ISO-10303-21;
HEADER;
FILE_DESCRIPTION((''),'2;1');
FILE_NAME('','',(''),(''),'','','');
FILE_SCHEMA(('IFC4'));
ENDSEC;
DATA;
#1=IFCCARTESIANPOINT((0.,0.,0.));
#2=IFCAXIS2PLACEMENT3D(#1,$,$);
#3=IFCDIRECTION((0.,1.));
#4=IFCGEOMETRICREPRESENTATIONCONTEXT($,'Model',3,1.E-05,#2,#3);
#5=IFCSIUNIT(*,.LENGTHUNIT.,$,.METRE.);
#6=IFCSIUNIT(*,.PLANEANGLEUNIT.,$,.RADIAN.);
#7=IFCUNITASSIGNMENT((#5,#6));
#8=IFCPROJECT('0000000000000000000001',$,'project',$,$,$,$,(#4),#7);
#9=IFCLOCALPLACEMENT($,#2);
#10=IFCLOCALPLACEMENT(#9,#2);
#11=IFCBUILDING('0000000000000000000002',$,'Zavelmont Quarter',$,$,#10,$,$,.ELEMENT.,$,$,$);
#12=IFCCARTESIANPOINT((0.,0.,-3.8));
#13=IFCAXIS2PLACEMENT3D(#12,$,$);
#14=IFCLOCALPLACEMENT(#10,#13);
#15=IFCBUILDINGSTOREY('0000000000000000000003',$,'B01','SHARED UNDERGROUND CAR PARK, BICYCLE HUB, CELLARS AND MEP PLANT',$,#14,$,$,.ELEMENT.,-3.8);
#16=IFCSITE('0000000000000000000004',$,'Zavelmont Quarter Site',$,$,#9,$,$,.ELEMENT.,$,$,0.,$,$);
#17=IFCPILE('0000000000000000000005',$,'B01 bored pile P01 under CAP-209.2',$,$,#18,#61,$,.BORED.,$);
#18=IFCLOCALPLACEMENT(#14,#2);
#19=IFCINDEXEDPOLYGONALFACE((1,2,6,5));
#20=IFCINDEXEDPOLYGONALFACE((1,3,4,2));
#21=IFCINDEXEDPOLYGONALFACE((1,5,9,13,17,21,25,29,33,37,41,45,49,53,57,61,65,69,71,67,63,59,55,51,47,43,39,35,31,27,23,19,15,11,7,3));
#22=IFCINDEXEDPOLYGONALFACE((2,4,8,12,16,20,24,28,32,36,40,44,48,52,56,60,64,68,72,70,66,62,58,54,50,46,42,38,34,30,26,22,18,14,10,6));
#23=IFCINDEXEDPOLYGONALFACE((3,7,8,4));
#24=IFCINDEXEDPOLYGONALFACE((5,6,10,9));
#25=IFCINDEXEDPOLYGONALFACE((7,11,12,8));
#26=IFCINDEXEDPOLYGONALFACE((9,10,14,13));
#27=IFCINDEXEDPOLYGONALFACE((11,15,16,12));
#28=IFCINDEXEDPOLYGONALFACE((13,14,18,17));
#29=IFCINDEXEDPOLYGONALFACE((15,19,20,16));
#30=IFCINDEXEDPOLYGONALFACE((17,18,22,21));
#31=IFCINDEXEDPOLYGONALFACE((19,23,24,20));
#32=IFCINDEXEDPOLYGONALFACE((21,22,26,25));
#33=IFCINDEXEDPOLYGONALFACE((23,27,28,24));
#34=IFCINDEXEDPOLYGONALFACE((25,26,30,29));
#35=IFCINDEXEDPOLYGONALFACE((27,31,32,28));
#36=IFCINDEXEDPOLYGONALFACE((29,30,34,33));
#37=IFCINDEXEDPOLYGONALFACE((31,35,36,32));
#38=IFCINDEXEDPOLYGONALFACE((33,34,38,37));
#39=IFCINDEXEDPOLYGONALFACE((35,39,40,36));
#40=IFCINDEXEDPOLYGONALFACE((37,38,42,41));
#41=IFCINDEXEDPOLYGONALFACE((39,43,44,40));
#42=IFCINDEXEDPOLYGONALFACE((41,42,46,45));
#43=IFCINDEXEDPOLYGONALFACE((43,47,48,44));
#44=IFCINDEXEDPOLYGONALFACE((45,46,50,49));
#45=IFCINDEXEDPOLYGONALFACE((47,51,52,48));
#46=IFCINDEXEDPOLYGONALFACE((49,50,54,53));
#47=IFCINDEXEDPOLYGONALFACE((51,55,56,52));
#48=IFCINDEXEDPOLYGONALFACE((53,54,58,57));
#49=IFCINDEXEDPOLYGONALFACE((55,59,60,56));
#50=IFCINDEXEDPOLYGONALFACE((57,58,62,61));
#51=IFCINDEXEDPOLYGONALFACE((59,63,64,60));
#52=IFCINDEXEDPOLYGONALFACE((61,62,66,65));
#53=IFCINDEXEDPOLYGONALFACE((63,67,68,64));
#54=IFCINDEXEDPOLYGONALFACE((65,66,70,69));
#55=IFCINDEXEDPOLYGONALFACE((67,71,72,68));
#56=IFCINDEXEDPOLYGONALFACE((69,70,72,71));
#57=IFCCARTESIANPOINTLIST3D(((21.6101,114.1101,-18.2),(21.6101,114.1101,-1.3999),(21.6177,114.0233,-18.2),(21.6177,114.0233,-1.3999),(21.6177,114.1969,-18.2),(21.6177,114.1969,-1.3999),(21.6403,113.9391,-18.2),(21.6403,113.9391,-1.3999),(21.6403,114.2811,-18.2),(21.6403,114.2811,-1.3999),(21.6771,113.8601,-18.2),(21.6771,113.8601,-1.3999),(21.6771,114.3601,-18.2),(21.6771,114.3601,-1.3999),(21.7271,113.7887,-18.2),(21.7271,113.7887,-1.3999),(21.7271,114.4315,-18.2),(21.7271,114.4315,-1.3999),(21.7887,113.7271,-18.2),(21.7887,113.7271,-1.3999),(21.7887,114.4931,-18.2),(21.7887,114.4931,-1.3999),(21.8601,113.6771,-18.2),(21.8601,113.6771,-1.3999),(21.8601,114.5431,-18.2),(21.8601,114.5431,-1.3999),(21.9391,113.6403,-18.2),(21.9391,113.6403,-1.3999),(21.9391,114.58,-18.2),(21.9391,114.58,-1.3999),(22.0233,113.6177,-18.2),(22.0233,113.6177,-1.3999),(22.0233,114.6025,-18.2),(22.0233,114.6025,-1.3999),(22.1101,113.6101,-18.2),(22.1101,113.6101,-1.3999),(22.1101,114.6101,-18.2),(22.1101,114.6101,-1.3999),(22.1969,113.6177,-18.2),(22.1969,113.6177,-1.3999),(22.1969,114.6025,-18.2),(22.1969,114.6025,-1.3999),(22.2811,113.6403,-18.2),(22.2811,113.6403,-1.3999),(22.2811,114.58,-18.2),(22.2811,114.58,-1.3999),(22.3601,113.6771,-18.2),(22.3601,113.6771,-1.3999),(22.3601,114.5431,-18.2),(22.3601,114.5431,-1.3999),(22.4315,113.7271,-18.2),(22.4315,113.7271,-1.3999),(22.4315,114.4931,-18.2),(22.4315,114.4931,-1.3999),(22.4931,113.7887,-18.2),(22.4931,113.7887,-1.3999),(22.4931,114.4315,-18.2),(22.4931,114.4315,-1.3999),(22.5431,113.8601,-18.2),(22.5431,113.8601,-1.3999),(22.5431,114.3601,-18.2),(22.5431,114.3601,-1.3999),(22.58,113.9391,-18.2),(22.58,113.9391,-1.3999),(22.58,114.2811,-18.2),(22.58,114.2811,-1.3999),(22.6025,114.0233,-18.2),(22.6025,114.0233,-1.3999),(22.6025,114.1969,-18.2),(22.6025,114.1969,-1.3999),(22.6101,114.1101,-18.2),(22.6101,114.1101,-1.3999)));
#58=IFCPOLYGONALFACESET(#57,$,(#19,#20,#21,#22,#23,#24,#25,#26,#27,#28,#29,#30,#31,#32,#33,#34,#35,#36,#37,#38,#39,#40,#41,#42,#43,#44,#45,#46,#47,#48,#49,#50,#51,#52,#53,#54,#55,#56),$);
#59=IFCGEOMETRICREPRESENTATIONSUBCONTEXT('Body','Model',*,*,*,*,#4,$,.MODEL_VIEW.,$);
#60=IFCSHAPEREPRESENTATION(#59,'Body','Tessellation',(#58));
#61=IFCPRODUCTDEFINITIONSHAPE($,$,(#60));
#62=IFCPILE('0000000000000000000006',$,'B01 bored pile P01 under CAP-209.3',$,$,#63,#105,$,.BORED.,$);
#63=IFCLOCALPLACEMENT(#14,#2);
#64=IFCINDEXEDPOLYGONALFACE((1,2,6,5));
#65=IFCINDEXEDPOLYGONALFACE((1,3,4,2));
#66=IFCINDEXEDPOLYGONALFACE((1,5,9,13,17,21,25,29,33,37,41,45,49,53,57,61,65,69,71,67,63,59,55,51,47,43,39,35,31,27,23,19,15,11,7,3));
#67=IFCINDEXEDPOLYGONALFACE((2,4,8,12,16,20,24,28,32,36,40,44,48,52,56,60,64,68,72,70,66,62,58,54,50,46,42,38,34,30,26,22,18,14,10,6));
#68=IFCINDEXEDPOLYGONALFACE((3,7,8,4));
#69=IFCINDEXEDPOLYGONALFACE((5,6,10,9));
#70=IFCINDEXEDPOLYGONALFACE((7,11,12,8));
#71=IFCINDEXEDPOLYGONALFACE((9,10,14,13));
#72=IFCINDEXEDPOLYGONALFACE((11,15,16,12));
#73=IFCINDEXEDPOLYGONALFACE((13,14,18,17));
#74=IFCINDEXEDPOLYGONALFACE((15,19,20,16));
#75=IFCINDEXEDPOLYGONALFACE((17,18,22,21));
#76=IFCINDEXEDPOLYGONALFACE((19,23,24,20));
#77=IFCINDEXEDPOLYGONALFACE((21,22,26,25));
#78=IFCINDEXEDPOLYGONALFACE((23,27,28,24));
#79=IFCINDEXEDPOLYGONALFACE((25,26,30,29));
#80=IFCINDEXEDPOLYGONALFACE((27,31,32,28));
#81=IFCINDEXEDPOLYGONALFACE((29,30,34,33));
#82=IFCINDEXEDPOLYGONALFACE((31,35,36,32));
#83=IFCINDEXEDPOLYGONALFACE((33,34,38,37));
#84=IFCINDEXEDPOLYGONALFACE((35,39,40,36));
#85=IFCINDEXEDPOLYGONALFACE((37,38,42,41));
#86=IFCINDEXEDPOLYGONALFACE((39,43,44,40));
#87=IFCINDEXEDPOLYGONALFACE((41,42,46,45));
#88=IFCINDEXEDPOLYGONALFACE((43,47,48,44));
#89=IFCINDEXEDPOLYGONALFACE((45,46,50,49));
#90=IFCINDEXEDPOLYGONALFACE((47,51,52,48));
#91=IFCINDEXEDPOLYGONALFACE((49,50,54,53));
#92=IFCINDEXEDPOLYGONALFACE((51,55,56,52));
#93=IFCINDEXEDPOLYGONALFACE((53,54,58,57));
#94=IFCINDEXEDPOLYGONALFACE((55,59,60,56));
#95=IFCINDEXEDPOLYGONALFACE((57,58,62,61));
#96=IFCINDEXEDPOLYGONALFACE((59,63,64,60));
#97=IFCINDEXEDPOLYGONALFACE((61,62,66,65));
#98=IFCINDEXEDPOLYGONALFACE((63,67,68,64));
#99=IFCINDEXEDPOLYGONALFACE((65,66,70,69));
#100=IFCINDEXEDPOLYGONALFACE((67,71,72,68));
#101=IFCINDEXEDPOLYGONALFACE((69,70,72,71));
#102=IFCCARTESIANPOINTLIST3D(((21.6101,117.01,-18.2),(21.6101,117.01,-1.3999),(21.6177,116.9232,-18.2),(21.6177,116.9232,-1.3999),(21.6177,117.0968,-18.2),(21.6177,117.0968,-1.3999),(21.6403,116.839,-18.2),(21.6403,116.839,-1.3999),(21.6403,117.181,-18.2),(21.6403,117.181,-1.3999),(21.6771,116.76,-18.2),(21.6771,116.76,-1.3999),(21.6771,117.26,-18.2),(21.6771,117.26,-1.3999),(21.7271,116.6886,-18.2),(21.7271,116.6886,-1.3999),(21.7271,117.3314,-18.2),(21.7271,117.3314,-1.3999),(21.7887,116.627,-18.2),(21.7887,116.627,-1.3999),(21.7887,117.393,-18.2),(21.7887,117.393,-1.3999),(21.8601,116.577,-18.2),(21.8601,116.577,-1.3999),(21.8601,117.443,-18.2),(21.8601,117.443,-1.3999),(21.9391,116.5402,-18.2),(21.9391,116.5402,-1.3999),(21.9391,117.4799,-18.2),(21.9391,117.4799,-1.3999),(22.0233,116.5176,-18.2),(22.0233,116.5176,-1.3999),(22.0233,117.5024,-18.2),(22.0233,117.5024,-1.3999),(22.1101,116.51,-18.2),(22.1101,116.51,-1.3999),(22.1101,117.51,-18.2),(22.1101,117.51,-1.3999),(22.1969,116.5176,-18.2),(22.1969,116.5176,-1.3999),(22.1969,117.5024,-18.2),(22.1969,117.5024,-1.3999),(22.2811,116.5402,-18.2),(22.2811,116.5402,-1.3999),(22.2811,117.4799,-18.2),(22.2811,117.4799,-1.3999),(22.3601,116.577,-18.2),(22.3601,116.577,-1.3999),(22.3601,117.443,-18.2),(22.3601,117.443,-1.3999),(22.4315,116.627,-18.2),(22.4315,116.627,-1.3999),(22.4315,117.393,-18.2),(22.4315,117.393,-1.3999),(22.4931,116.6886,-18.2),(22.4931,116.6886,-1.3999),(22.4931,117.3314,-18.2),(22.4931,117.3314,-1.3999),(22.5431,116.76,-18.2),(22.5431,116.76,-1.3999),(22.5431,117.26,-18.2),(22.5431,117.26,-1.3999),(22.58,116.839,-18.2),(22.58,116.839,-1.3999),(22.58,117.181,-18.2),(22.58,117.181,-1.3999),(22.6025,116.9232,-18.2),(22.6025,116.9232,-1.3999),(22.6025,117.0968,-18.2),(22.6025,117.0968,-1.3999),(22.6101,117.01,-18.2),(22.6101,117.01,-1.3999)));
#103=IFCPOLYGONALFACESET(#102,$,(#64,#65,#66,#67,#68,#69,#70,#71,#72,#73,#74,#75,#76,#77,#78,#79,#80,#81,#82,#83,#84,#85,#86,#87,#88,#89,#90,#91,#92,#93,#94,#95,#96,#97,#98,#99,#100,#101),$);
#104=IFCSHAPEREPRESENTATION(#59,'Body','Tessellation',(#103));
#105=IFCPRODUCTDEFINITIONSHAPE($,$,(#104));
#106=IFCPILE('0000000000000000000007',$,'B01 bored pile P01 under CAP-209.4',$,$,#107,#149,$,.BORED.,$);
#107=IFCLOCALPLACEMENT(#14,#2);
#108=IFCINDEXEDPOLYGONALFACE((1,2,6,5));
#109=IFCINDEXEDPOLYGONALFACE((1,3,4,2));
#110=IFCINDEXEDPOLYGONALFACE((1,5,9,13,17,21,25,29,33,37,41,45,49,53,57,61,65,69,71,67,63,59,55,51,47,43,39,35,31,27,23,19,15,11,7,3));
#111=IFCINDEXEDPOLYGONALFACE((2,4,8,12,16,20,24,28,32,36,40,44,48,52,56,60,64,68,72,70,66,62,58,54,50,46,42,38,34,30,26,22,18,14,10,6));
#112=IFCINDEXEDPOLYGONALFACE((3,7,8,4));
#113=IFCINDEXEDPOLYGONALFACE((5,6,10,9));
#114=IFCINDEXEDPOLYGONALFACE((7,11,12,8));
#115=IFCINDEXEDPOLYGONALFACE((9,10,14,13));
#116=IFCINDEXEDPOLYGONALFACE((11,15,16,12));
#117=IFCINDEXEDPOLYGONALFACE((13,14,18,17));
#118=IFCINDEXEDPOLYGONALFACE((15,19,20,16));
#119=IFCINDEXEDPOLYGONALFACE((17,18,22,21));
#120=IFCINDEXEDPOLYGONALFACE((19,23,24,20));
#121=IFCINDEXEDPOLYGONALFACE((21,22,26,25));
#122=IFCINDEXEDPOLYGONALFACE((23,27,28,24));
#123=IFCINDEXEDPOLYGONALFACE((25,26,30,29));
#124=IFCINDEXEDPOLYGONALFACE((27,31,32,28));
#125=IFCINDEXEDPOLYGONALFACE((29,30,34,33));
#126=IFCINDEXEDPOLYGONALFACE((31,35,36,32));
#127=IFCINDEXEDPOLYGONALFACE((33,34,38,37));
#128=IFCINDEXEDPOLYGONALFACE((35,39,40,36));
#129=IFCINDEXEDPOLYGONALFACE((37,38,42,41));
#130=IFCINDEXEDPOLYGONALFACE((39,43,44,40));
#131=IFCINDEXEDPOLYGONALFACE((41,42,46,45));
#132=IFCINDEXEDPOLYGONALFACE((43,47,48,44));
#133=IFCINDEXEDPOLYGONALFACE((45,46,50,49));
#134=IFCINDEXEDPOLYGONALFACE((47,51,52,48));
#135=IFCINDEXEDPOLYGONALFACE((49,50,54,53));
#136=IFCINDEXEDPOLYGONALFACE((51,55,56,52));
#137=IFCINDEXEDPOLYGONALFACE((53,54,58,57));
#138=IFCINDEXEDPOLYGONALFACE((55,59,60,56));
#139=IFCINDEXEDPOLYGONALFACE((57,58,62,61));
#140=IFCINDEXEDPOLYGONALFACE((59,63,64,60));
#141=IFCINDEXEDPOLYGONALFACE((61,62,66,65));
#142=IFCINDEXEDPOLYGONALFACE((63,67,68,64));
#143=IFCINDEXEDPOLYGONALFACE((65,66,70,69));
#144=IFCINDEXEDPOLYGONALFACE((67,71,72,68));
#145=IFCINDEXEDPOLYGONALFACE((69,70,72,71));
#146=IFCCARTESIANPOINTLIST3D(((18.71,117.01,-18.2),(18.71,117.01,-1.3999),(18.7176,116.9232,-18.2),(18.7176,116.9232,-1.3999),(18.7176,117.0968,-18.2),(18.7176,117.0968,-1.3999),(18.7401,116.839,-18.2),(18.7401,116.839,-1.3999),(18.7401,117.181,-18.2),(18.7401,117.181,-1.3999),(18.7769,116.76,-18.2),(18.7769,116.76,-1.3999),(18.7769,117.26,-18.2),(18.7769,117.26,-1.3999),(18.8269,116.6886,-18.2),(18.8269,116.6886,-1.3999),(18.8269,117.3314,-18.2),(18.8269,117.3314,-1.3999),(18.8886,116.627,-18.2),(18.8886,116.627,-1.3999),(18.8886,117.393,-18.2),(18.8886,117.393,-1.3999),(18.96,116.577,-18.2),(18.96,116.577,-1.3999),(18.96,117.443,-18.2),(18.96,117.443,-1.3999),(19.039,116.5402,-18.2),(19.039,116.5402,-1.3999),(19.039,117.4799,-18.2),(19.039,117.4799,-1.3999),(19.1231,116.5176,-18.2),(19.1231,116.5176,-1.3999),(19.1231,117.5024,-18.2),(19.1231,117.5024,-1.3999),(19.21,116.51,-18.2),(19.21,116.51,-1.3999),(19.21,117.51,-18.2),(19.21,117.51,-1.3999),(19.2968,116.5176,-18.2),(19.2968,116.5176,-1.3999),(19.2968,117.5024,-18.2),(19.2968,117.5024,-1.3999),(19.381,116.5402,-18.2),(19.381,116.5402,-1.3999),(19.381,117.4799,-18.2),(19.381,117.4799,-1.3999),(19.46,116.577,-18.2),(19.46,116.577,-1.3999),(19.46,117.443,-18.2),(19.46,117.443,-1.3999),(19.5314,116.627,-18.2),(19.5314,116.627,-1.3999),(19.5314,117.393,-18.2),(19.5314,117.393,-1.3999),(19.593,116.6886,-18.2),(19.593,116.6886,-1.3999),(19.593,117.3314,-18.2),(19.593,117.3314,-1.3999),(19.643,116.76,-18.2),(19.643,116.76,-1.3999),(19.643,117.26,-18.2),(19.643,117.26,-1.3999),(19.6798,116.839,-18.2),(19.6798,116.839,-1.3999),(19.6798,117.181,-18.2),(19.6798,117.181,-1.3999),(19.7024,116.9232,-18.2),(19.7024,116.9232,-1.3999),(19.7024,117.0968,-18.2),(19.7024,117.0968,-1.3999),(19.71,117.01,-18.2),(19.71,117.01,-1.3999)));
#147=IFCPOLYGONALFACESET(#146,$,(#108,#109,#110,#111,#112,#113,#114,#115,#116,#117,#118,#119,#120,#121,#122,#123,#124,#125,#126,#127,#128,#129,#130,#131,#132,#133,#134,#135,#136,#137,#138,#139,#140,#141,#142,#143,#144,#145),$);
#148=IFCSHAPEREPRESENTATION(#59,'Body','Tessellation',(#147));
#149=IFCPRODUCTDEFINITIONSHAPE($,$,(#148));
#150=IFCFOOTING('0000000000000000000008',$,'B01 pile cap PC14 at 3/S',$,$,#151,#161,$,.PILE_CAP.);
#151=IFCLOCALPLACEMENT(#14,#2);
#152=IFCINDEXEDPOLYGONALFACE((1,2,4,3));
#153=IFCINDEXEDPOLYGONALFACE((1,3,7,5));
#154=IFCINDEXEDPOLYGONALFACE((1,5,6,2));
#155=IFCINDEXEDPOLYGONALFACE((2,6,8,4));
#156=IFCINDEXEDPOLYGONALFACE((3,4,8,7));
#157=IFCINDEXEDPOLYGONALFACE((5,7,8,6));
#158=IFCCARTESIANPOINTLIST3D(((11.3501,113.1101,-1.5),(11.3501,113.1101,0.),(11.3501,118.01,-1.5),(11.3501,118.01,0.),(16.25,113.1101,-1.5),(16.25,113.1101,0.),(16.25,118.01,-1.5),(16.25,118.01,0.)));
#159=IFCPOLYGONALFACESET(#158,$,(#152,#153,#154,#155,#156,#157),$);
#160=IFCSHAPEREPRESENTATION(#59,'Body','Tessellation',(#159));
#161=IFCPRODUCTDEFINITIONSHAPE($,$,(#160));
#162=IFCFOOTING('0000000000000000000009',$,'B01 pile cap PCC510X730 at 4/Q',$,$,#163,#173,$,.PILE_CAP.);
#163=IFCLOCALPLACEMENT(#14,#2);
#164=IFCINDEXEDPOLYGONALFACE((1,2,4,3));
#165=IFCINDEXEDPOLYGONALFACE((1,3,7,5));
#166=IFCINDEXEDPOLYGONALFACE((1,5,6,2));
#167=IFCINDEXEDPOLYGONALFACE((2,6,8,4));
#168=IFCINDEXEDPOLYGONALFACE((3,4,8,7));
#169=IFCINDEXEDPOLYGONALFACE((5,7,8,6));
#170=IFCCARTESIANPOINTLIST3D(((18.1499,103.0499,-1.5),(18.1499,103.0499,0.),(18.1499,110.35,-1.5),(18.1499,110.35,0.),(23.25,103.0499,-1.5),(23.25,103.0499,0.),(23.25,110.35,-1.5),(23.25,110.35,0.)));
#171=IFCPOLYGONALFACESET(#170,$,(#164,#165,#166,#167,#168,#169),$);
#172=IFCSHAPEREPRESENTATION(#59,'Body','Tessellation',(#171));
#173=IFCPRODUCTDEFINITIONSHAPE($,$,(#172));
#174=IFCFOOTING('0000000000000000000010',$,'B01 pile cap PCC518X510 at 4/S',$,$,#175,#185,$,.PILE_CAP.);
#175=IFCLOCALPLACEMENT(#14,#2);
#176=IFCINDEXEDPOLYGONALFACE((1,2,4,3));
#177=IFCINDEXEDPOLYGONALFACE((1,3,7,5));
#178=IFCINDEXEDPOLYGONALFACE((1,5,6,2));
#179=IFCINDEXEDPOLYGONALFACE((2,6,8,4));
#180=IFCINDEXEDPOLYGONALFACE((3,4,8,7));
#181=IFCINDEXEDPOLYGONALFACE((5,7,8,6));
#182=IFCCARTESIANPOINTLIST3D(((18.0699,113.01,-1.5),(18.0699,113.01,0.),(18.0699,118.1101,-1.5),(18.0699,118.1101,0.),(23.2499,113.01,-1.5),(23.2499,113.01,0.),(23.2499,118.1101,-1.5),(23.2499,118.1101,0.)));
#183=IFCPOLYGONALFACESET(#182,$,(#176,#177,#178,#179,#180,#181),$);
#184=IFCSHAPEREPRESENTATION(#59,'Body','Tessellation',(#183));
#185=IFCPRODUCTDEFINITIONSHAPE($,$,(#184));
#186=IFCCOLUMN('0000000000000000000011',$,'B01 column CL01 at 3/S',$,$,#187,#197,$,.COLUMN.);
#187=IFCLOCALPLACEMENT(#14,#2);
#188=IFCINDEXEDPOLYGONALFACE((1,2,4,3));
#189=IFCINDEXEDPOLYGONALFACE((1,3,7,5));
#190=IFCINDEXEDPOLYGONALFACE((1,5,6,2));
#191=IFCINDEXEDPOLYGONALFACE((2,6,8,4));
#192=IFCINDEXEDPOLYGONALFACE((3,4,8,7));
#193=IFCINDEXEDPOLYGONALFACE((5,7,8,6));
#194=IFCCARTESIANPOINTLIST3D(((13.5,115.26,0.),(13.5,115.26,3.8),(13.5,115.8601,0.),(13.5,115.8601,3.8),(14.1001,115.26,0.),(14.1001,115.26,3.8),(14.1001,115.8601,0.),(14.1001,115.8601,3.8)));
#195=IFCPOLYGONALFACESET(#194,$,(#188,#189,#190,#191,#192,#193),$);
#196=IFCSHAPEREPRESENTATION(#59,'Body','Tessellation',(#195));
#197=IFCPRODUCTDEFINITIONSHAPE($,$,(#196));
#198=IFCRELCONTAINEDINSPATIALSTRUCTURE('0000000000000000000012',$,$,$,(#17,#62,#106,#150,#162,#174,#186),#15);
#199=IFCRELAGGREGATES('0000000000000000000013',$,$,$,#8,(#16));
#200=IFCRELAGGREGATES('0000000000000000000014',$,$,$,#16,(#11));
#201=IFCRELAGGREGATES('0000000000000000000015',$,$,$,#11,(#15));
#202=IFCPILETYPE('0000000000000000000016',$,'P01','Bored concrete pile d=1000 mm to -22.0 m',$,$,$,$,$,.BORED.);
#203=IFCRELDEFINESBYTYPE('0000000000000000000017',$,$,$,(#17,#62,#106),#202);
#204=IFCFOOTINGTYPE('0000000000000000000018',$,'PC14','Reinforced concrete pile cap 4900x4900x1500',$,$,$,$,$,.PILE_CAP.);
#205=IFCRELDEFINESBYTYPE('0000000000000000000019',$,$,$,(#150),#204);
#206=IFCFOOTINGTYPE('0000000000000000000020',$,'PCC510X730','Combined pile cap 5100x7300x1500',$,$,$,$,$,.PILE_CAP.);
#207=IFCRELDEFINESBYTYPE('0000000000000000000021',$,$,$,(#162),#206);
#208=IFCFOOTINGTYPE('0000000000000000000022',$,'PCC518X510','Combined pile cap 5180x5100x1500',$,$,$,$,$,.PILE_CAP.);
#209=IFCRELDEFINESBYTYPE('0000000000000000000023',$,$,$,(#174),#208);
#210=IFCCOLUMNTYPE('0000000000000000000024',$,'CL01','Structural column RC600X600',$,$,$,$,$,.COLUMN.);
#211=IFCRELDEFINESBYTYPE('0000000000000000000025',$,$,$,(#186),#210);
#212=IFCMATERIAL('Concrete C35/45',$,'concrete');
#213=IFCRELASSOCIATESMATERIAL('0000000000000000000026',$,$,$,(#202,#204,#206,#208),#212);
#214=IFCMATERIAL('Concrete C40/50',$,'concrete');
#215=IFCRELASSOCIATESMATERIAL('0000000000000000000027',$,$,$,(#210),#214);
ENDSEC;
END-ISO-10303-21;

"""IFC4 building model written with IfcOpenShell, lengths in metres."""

from ifc_helpers import new_model, si_unit, direction, frame, origin, origin_2d, place, context, subcontext, project, spatial, rectangle, circle, extrude, material, material_profile, profile_set, type_object, element, save


model = new_model("IFC4")

# Units and contexts
model_context = context("Model", 3, precision=1e-05, world=origin(), true_north=direction((0.0, 1.0)))
body_context = subcontext(model_context, "Body", "Model", "MODEL_VIEW")
ifc_project = project(units=[si_unit("LENGTHUNIT", "METRE"), si_unit("PLANEANGLEUNIT", "RADIAN")], contexts=[model_context])

# Site, building, storey
site_placement = place(None, origin())
site = spatial("IfcSite", under=ifc_project, at=site_placement, Name="Zavelmont Quarter Site", CompositionType="ELEMENT", RefElevation=0.0)
building_placement = place(site_placement, origin())
building = spatial("IfcBuilding", under=site, at=building_placement, Name="Zavelmont Quarter", CompositionType="ELEMENT")
storey_placement = place(building_placement, frame((0.0, 0.0, -3.8)))
storey = spatial("IfcBuildingStorey", under=building, at=storey_placement, Name="B01", Description="SHARED UNDERGROUND CAR PARK, BICYCLE HUB, CELLARS AND MEP PLANT", CompositionType="ELEMENT", Elevation=-3.8)

# Shared definitions
ifc_material_1 = material(Name="Concrete C35/45", Category="concrete")

# Piles
ifc_material_profile_1 = material_profile(ifc_material_1, circle(Radius=0.5, at=origin_2d()), Name="BP1000")
ifc_profile_set_1 = profile_set([ifc_material_profile_1], Name="Concrete C35/45")
pile_type = type_object("IfcPileType", Name="P01", Description="Bored concrete pile d=1000 mm to -22.0 m", PredefinedType="BORED", material=ifc_profile_set_1)
for number, where, z_axis, x_axis, name in (
    (1, (22.1101, 114.1101, -1.3999), (0.0, 0.0, -1.0), (1.0, 0.0, 0.0), "B01 bored pile P01 under CAP-209.2"),
    (2, (22.1101, 117.01, -1.3999), (0.0, 0.0, -1.0), (1.0, 0.0, 0.0), "B01 bored pile P01 under CAP-209.3"),
    (3, (19.21, 117.01, -1.3999), (0.0, 0.0, -1.0), (1.0, 0.0, 0.0), "B01 bored pile P01 under CAP-209.4"),
):
    element("IfcPile", number, at=place(storey_placement, frame(where, z_axis=z_axis, x_axis=x_axis)), inside=storey, type_object=pile_type, Name=name, PredefinedType="BORED", context=body_context, shape_type="SweptSolid", body=[
        extrude(circle(Radius=0.5, at=origin_2d()), origin(), (0.0, 0.0, 1.0), 16.8),
    ])

# Footings
footing_type_1 = type_object("IfcFootingType", Name="PC14", Description="Reinforced concrete pile cap 4900x4900x1500", PredefinedType="PILE_CAP", material=ifc_material_1)
footing_1_placement = place(storey_placement, frame((13.8, 115.5601, -1.5), z_axis=(0.0, 0.0, 1.0), x_axis=(1.0, 0.0, 0.0)))
element("IfcFooting", 4, at=footing_1_placement, inside=storey, type_object=footing_type_1, Name="B01 pile cap PC14 at 3/S", PredefinedType="PILE_CAP", context=body_context, shape_type="SweptSolid", body=[
    extrude(rectangle(XDim=4.8999, YDim=4.8999, at=origin_2d()), origin(), (0.0, 0.0, 1.0), 1.5),
])
footing_type_2 = type_object("IfcFootingType", Name="PCC510X730", Description="Combined pile cap 5100x7300x1500", PredefinedType="PILE_CAP", material=ifc_material_1)
footing_2_placement = place(storey_placement, frame((20.7, 106.7, -1.5), z_axis=(0.0, 0.0, 1.0), x_axis=(1.0, 0.0, 0.0)))
element("IfcFooting", 5, at=footing_2_placement, inside=storey, type_object=footing_type_2, Name="B01 pile cap PCC510X730 at 4/Q", PredefinedType="PILE_CAP", context=body_context, shape_type="SweptSolid", body=[
    extrude(rectangle(XDim=5.1001, YDim=7.3, at=origin_2d()), origin(), (0.0, 0.0, 1.0), 1.5),
])
footing_type_3 = type_object("IfcFootingType", Name="PCC518X510", Description="Combined pile cap 5180x5100x1500", PredefinedType="PILE_CAP", material=ifc_material_1)
footing_3_placement = place(storey_placement, frame((20.6599, 115.5601, -1.5), z_axis=(0.0, 0.0, 1.0), x_axis=(1.0, 0.0, 0.0)))
element("IfcFooting", 6, at=footing_3_placement, inside=storey, type_object=footing_type_3, Name="B01 pile cap PCC518X510 at 4/S", PredefinedType="PILE_CAP", context=body_context, shape_type="SweptSolid", body=[
    extrude(rectangle(XDim=5.1799, YDim=5.1001, at=origin_2d()), origin(), (0.0, 0.0, 1.0), 1.5),
])

# Column
ifc_material_2 = material(Name="Concrete C40/50", Category="concrete")
ifc_material_profile_2 = material_profile(ifc_material_2, rectangle(XDim=0.6001, YDim=0.6001, at=origin_2d()), Name="RC600X600")
ifc_profile_set_2 = profile_set([ifc_material_profile_2], Name="Concrete C40/50")
column_type_1 = type_object("IfcColumnType", Name="CL01", Description="Structural column RC600X600", PredefinedType="COLUMN", material=ifc_profile_set_2)
for number, where, z_axis, x_axis, name in (
    (7, (13.8, 115.5601, 0.0), (0.0, 0.0, 1.0), (1.0, 0.0, 0.0), "B01 column CL01 at 3/S"),
):
    element("IfcColumn", number, at=place(storey_placement, frame(where, z_axis=z_axis, x_axis=x_axis)), inside=storey, type_object=column_type_1, Name=name, PredefinedType="COLUMN", context=body_context, shape_type="SweptSolid", body=[
        extrude(rectangle(XDim=0.6001, YDim=0.6001, at=origin_2d()), origin(), (0.0, 0.0, 1.0), 3.8),
    ])

save(model, "model.ifc")
